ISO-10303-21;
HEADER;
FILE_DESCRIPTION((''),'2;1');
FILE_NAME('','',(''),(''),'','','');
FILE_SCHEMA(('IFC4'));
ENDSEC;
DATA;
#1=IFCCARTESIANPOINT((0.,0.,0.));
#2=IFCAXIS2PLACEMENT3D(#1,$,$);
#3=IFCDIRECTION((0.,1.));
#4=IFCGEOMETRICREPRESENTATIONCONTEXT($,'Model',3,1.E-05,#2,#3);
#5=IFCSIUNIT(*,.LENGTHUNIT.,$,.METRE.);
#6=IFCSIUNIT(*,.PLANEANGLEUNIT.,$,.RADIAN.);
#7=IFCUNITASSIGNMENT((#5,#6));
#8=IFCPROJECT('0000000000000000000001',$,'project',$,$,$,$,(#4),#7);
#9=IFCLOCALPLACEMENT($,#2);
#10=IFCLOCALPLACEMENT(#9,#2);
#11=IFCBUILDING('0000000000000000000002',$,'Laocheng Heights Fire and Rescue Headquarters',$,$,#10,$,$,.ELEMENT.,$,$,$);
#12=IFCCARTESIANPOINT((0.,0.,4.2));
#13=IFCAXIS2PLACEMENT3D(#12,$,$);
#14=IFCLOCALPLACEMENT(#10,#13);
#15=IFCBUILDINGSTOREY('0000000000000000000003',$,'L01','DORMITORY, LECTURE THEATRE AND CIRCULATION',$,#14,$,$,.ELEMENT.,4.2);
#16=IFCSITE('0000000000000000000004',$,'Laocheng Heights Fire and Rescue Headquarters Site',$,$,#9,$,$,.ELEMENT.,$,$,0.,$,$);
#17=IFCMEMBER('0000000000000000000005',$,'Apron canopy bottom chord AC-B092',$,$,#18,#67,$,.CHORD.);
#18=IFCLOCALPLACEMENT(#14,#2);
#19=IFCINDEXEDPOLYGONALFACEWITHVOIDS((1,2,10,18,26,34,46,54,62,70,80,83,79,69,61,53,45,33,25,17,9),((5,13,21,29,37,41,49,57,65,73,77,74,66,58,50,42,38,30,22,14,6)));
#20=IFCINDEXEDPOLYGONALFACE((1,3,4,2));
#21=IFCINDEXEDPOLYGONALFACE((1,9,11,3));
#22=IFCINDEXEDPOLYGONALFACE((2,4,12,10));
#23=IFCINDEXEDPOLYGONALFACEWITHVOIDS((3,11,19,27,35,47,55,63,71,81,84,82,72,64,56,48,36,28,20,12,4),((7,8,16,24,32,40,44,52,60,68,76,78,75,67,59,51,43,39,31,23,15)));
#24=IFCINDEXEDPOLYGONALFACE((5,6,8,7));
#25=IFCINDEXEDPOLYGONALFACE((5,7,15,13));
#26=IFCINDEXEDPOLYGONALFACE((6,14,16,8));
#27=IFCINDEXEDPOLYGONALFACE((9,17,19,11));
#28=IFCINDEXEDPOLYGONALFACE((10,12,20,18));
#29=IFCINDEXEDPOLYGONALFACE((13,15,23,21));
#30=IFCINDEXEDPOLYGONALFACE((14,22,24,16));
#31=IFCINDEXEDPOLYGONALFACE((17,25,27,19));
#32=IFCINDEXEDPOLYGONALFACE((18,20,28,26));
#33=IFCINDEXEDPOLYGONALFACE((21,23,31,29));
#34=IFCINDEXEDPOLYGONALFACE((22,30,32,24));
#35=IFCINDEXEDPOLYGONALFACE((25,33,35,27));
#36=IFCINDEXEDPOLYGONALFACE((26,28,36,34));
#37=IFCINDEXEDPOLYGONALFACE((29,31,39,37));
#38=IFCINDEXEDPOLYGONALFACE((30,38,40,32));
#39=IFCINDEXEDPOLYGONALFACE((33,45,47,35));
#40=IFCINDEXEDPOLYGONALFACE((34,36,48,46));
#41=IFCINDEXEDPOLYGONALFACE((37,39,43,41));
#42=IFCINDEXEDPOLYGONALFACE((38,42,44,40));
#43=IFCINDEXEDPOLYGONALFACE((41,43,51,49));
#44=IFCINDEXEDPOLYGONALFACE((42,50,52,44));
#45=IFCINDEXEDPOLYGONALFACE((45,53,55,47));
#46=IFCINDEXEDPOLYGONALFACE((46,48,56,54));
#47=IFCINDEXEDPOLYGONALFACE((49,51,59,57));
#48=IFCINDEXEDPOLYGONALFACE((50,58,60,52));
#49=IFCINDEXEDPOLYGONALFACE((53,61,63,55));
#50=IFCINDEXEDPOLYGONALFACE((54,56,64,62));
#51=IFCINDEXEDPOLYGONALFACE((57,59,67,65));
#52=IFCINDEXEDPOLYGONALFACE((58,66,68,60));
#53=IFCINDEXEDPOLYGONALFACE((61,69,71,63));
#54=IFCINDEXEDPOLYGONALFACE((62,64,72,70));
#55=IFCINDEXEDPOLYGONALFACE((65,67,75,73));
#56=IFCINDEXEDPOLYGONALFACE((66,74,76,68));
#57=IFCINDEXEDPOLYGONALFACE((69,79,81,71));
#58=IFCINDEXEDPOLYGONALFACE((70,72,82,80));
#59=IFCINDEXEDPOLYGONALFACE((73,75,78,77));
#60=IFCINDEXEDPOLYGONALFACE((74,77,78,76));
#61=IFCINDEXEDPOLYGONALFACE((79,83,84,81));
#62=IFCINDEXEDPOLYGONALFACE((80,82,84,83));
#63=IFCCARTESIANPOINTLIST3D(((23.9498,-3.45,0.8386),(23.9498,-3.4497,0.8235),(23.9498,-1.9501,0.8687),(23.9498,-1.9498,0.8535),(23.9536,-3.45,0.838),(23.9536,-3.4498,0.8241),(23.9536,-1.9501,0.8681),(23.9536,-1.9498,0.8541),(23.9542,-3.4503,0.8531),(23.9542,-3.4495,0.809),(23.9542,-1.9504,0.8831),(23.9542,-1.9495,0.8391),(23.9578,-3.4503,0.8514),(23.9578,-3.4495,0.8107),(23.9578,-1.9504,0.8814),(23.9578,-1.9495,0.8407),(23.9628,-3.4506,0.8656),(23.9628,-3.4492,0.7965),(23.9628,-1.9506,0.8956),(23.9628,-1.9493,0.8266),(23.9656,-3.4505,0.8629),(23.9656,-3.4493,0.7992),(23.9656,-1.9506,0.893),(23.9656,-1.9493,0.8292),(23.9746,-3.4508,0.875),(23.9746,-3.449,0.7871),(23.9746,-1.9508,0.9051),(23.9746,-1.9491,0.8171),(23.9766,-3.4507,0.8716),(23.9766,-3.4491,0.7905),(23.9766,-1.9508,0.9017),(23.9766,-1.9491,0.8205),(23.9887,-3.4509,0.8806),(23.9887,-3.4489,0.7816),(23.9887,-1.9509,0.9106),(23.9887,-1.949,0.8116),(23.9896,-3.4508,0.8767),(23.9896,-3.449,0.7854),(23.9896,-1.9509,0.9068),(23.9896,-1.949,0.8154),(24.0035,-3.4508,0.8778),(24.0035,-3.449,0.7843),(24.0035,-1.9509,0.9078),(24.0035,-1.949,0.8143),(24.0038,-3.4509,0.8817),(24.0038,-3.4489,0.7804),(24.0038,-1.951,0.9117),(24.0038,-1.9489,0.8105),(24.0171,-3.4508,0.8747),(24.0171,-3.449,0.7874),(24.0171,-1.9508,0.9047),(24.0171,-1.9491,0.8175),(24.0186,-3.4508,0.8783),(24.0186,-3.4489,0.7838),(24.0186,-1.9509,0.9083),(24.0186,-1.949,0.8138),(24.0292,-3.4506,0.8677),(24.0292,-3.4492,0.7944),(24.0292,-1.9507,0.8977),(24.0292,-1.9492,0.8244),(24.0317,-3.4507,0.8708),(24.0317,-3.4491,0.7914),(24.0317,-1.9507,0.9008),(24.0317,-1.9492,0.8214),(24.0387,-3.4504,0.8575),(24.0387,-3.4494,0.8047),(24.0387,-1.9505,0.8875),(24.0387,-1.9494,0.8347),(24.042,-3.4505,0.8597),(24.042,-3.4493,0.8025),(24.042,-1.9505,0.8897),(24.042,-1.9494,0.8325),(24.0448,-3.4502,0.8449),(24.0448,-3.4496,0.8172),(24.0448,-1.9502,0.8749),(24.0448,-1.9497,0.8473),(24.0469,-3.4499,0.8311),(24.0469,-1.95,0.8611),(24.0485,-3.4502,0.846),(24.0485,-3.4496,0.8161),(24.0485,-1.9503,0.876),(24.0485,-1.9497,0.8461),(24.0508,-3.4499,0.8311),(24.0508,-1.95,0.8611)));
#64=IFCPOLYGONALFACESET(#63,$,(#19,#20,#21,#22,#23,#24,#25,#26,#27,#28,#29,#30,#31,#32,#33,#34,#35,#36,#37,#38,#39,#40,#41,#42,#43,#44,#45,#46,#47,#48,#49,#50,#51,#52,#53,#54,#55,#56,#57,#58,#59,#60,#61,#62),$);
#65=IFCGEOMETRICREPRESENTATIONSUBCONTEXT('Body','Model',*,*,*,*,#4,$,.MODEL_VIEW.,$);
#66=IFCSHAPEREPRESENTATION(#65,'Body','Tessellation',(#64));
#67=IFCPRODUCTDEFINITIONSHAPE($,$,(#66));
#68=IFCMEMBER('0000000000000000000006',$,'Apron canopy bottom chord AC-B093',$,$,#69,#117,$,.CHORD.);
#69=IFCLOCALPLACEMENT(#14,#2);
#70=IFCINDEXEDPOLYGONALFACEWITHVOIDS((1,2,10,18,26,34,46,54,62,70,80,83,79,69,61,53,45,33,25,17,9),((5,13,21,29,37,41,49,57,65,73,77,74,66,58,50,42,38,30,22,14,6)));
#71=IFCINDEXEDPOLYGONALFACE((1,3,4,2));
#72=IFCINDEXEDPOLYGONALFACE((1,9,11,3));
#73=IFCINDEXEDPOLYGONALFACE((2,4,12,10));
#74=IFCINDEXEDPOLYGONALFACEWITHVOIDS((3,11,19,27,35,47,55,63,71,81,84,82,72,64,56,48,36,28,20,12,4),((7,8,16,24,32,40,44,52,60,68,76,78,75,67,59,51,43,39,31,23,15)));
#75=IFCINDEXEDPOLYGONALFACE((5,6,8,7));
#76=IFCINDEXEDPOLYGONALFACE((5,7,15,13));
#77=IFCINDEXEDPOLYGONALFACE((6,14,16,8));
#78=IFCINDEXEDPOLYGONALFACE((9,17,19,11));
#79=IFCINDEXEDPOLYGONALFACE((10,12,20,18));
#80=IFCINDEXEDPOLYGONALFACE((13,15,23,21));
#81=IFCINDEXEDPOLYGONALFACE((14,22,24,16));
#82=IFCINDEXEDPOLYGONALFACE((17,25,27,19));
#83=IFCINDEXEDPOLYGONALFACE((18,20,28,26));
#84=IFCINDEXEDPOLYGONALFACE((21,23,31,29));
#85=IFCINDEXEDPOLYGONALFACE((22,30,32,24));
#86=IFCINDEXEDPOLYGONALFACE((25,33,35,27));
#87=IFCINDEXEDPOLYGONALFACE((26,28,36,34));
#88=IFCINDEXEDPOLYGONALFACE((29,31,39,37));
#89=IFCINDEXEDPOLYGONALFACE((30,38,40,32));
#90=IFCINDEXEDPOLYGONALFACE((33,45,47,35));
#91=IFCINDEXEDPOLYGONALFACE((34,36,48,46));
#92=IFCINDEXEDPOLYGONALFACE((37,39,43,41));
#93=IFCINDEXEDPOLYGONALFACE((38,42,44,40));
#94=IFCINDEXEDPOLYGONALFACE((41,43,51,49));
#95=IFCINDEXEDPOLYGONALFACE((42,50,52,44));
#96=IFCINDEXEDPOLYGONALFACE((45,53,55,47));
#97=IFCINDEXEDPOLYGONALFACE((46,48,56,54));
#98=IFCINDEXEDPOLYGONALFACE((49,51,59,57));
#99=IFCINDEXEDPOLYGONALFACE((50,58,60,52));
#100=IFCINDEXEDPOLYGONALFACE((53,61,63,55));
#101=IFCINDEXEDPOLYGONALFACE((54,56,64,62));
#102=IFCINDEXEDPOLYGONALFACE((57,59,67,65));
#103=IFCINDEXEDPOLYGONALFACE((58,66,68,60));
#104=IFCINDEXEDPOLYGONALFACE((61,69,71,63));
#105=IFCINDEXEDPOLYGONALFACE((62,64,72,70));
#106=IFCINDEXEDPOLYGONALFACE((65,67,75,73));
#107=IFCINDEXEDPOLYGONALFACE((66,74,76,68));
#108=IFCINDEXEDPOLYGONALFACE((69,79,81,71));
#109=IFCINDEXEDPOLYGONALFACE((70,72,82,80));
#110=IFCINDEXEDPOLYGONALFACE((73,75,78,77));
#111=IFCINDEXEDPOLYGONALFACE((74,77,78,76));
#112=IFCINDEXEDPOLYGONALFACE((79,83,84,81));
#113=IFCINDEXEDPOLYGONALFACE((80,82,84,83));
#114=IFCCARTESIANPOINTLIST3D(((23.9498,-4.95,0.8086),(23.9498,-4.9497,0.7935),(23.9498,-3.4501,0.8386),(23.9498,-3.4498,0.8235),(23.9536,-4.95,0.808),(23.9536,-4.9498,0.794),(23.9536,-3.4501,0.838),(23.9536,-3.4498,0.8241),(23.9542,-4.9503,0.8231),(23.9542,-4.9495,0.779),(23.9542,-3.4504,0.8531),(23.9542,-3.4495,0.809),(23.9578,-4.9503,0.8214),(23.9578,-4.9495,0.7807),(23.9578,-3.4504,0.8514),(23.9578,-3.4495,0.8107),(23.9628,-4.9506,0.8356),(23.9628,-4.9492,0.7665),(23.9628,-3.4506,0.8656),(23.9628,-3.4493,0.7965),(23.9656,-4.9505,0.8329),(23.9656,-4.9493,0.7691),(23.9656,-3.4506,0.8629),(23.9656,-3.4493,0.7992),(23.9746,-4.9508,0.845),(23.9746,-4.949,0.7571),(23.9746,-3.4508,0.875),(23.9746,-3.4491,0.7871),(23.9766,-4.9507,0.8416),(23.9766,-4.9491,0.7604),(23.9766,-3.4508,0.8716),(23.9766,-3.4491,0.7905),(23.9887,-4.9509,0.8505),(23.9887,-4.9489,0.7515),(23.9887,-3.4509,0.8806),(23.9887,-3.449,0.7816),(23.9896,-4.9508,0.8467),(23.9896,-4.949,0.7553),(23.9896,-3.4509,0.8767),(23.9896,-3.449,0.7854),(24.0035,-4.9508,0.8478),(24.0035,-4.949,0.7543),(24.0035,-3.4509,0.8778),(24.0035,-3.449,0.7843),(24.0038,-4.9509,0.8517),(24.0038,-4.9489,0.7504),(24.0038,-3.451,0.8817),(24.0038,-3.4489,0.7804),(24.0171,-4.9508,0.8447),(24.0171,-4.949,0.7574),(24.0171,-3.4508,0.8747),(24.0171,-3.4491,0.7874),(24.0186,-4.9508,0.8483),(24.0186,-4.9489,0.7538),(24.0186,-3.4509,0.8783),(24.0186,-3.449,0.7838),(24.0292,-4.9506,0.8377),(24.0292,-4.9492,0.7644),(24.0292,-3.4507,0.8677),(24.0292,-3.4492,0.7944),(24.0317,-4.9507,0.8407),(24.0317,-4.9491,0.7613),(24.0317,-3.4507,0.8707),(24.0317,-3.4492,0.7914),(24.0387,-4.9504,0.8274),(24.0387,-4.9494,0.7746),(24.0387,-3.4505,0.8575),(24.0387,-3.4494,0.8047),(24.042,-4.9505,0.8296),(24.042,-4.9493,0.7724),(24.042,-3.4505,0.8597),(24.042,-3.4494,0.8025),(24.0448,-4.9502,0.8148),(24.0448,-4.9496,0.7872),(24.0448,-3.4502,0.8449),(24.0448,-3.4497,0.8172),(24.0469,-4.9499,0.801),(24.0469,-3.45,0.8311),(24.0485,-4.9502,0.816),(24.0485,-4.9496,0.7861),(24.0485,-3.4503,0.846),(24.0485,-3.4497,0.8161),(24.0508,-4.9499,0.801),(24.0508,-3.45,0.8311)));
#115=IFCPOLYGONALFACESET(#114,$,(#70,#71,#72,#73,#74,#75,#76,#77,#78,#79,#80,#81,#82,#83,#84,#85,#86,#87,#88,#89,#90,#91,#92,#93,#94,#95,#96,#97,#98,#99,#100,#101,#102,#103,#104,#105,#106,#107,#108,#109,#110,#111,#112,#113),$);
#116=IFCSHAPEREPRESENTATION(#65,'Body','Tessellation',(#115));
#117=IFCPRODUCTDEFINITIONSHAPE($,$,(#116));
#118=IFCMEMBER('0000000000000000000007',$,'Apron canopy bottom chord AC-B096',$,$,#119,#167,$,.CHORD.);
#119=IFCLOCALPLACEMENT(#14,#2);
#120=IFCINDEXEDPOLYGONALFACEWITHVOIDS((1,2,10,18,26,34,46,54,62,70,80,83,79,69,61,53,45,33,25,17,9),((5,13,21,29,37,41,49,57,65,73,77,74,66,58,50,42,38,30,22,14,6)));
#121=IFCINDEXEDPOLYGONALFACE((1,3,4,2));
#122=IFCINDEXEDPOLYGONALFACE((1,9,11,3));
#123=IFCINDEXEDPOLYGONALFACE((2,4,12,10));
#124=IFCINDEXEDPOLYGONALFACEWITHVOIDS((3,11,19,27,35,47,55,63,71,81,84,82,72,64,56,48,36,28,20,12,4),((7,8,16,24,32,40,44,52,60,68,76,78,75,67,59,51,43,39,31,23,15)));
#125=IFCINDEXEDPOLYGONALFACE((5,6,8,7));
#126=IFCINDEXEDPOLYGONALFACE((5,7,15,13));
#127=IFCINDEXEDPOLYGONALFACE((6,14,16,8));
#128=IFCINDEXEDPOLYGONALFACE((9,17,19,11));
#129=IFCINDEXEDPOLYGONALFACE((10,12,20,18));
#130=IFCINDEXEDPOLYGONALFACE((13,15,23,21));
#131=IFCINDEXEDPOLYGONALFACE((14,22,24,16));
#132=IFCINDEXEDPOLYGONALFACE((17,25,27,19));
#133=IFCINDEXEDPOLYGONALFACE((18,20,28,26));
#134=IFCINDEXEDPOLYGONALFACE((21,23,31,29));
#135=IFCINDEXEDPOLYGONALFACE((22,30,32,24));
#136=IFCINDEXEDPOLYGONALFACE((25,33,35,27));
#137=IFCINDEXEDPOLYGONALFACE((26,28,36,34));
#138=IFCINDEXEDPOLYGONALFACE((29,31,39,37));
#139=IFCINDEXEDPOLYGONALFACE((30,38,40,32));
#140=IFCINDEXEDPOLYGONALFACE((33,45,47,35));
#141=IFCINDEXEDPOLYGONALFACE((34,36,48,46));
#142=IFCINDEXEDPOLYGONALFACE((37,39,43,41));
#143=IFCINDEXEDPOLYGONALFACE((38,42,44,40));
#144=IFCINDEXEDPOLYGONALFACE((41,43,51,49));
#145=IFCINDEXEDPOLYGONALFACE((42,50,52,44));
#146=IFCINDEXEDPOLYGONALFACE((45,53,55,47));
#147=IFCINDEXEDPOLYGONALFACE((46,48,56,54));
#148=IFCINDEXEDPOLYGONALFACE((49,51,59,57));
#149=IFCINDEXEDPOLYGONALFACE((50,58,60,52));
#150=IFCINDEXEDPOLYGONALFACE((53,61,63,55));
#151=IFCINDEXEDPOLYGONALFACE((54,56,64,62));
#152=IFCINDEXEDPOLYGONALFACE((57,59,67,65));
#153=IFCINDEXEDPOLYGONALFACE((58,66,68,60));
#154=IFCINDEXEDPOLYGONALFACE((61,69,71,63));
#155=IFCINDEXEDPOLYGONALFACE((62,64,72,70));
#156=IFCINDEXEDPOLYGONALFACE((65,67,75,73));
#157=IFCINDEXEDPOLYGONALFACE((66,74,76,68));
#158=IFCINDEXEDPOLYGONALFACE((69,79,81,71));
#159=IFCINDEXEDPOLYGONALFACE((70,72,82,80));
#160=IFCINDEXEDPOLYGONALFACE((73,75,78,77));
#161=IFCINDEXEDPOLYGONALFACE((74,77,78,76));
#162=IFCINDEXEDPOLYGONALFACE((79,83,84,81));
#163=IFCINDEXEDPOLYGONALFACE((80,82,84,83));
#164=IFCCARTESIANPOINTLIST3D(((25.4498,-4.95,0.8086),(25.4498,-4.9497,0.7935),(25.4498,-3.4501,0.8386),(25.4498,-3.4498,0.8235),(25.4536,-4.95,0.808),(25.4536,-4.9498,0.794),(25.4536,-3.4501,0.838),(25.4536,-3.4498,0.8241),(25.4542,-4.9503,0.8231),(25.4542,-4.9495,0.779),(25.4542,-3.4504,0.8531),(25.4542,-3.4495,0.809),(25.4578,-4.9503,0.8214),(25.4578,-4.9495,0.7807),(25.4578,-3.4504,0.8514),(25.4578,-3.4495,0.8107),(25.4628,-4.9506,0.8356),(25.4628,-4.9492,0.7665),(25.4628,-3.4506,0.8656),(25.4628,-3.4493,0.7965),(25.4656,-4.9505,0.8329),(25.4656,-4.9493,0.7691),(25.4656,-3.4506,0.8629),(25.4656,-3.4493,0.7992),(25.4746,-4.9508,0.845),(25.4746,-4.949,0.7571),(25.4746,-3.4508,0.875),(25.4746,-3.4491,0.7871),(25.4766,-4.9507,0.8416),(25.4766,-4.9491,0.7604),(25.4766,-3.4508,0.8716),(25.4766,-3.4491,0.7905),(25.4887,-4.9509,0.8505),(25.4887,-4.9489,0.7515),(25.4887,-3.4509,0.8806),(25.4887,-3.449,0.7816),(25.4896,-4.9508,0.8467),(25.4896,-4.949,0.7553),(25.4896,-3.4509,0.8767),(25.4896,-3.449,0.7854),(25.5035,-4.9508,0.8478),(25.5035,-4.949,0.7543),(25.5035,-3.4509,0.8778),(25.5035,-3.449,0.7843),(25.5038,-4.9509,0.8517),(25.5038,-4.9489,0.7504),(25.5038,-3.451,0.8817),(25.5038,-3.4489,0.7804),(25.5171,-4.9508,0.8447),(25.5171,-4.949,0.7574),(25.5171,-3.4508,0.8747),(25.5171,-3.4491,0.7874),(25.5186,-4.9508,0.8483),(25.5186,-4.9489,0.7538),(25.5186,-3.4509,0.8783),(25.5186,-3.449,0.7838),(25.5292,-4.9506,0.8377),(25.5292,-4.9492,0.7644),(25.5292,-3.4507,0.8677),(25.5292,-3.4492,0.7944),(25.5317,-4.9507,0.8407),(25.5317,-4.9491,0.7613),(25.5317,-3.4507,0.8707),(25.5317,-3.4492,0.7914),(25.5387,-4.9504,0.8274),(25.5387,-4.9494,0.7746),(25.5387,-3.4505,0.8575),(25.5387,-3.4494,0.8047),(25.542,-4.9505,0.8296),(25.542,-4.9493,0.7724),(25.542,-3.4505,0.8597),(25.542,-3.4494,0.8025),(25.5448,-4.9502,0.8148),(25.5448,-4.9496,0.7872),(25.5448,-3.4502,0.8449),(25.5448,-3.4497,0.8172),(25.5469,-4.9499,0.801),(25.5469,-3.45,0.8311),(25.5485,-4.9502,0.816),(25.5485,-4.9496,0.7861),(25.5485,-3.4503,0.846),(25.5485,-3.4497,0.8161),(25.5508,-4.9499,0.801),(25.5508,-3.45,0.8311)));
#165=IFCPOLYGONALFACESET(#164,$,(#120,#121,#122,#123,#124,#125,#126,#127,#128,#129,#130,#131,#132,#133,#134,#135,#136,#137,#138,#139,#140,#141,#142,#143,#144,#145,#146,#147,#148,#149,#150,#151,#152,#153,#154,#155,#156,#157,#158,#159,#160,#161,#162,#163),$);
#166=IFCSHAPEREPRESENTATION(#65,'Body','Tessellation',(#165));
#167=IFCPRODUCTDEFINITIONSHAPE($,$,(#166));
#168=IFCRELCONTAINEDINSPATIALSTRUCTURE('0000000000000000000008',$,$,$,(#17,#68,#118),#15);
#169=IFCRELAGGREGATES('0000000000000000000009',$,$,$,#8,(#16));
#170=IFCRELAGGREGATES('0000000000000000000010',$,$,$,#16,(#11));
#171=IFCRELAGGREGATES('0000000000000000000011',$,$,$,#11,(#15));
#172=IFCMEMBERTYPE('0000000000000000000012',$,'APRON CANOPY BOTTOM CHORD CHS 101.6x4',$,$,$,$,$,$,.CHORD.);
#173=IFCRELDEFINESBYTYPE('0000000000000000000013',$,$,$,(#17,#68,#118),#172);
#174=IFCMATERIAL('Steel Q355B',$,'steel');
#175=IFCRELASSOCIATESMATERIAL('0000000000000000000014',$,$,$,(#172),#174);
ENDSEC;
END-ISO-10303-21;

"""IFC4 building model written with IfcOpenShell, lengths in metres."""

from ifc_helpers import new_model, si_unit, direction, frame, origin, origin_2d, place, context, subcontext, project, spatial, hollow_circle, extrude, material, material_profile, profile_set, type_object, element, save


model = new_model("IFC4")

# Units and contexts
model_context = context("Model", 3, precision=1e-05, world=origin(), true_north=direction((0.0, 1.0)))
body_context = subcontext(model_context, "Body", "Model", "MODEL_VIEW")
ifc_project = project(units=[si_unit("LENGTHUNIT", "METRE"), si_unit("PLANEANGLEUNIT", "RADIAN")], contexts=[model_context])

# Site, building, storey
site_placement = place(None, origin())
site = spatial("IfcSite", under=ifc_project, at=site_placement, Name="Laocheng Heights Fire and Rescue Headquarters Site", CompositionType="ELEMENT", RefElevation=0.0)
building_placement = place(site_placement, origin())
building = spatial("IfcBuilding", under=site, at=building_placement, Name="Laocheng Heights Fire and Rescue Headquarters", CompositionType="ELEMENT")
storey_placement = place(building_placement, frame((0.0, 0.0, 4.2)))
storey = spatial("IfcBuildingStorey", under=building, at=storey_placement, Name="L01", Description="DORMITORY, LECTURE THEATRE AND CIRCULATION", CompositionType="ELEMENT", Elevation=4.2)

# Members
ifc_material_1 = material(Name="Steel Q355B", Category="steel")
ifc_material_profile_1 = material_profile(ifc_material_1, hollow_circle(Radius=0.0508, WallThickness=0.0039, at=origin_2d()), Name="CHS 101.6x4")
ifc_profile_set_1 = profile_set([ifc_material_profile_1], Name="Steel Q355B")
member_type_1 = type_object("IfcMemberType", Name="APRON CANOPY BOTTOM CHORD CHS 101.6x4", PredefinedType="CHORD", material=ifc_profile_set_1)
for number, where, z_axis, x_axis, name in (
    (1, (24.0, -1.95, 0.8611), (0.0, -0.9998, -0.020016), (1.0, 0.0, 0.0), "Apron canopy bottom chord AC-B092"),
    (2, (24.0, -3.45, 0.8311), (0.0, -0.9998, -0.020016), (1.0, 0.0, 0.0), "Apron canopy bottom chord AC-B093"),
    (3, (25.5, -3.45, 0.8311), (0.0, -0.9998, -0.020016), (1.0, 0.0, 0.0), "Apron canopy bottom chord AC-B096"),
):
    element("IfcMember", number, at=place(storey_placement, frame(where, z_axis=z_axis, x_axis=x_axis)), inside=storey, type_object=member_type_1, Name=name, PredefinedType="CHORD", context=body_context, shape_type="SweptSolid", body=[
        extrude(hollow_circle(Radius=0.0508, WallThickness=0.0039, at=origin_2d()), origin(), (0.0, 0.0, 1.0), 1.5002),
    ])

save(model, "model.ifc")
